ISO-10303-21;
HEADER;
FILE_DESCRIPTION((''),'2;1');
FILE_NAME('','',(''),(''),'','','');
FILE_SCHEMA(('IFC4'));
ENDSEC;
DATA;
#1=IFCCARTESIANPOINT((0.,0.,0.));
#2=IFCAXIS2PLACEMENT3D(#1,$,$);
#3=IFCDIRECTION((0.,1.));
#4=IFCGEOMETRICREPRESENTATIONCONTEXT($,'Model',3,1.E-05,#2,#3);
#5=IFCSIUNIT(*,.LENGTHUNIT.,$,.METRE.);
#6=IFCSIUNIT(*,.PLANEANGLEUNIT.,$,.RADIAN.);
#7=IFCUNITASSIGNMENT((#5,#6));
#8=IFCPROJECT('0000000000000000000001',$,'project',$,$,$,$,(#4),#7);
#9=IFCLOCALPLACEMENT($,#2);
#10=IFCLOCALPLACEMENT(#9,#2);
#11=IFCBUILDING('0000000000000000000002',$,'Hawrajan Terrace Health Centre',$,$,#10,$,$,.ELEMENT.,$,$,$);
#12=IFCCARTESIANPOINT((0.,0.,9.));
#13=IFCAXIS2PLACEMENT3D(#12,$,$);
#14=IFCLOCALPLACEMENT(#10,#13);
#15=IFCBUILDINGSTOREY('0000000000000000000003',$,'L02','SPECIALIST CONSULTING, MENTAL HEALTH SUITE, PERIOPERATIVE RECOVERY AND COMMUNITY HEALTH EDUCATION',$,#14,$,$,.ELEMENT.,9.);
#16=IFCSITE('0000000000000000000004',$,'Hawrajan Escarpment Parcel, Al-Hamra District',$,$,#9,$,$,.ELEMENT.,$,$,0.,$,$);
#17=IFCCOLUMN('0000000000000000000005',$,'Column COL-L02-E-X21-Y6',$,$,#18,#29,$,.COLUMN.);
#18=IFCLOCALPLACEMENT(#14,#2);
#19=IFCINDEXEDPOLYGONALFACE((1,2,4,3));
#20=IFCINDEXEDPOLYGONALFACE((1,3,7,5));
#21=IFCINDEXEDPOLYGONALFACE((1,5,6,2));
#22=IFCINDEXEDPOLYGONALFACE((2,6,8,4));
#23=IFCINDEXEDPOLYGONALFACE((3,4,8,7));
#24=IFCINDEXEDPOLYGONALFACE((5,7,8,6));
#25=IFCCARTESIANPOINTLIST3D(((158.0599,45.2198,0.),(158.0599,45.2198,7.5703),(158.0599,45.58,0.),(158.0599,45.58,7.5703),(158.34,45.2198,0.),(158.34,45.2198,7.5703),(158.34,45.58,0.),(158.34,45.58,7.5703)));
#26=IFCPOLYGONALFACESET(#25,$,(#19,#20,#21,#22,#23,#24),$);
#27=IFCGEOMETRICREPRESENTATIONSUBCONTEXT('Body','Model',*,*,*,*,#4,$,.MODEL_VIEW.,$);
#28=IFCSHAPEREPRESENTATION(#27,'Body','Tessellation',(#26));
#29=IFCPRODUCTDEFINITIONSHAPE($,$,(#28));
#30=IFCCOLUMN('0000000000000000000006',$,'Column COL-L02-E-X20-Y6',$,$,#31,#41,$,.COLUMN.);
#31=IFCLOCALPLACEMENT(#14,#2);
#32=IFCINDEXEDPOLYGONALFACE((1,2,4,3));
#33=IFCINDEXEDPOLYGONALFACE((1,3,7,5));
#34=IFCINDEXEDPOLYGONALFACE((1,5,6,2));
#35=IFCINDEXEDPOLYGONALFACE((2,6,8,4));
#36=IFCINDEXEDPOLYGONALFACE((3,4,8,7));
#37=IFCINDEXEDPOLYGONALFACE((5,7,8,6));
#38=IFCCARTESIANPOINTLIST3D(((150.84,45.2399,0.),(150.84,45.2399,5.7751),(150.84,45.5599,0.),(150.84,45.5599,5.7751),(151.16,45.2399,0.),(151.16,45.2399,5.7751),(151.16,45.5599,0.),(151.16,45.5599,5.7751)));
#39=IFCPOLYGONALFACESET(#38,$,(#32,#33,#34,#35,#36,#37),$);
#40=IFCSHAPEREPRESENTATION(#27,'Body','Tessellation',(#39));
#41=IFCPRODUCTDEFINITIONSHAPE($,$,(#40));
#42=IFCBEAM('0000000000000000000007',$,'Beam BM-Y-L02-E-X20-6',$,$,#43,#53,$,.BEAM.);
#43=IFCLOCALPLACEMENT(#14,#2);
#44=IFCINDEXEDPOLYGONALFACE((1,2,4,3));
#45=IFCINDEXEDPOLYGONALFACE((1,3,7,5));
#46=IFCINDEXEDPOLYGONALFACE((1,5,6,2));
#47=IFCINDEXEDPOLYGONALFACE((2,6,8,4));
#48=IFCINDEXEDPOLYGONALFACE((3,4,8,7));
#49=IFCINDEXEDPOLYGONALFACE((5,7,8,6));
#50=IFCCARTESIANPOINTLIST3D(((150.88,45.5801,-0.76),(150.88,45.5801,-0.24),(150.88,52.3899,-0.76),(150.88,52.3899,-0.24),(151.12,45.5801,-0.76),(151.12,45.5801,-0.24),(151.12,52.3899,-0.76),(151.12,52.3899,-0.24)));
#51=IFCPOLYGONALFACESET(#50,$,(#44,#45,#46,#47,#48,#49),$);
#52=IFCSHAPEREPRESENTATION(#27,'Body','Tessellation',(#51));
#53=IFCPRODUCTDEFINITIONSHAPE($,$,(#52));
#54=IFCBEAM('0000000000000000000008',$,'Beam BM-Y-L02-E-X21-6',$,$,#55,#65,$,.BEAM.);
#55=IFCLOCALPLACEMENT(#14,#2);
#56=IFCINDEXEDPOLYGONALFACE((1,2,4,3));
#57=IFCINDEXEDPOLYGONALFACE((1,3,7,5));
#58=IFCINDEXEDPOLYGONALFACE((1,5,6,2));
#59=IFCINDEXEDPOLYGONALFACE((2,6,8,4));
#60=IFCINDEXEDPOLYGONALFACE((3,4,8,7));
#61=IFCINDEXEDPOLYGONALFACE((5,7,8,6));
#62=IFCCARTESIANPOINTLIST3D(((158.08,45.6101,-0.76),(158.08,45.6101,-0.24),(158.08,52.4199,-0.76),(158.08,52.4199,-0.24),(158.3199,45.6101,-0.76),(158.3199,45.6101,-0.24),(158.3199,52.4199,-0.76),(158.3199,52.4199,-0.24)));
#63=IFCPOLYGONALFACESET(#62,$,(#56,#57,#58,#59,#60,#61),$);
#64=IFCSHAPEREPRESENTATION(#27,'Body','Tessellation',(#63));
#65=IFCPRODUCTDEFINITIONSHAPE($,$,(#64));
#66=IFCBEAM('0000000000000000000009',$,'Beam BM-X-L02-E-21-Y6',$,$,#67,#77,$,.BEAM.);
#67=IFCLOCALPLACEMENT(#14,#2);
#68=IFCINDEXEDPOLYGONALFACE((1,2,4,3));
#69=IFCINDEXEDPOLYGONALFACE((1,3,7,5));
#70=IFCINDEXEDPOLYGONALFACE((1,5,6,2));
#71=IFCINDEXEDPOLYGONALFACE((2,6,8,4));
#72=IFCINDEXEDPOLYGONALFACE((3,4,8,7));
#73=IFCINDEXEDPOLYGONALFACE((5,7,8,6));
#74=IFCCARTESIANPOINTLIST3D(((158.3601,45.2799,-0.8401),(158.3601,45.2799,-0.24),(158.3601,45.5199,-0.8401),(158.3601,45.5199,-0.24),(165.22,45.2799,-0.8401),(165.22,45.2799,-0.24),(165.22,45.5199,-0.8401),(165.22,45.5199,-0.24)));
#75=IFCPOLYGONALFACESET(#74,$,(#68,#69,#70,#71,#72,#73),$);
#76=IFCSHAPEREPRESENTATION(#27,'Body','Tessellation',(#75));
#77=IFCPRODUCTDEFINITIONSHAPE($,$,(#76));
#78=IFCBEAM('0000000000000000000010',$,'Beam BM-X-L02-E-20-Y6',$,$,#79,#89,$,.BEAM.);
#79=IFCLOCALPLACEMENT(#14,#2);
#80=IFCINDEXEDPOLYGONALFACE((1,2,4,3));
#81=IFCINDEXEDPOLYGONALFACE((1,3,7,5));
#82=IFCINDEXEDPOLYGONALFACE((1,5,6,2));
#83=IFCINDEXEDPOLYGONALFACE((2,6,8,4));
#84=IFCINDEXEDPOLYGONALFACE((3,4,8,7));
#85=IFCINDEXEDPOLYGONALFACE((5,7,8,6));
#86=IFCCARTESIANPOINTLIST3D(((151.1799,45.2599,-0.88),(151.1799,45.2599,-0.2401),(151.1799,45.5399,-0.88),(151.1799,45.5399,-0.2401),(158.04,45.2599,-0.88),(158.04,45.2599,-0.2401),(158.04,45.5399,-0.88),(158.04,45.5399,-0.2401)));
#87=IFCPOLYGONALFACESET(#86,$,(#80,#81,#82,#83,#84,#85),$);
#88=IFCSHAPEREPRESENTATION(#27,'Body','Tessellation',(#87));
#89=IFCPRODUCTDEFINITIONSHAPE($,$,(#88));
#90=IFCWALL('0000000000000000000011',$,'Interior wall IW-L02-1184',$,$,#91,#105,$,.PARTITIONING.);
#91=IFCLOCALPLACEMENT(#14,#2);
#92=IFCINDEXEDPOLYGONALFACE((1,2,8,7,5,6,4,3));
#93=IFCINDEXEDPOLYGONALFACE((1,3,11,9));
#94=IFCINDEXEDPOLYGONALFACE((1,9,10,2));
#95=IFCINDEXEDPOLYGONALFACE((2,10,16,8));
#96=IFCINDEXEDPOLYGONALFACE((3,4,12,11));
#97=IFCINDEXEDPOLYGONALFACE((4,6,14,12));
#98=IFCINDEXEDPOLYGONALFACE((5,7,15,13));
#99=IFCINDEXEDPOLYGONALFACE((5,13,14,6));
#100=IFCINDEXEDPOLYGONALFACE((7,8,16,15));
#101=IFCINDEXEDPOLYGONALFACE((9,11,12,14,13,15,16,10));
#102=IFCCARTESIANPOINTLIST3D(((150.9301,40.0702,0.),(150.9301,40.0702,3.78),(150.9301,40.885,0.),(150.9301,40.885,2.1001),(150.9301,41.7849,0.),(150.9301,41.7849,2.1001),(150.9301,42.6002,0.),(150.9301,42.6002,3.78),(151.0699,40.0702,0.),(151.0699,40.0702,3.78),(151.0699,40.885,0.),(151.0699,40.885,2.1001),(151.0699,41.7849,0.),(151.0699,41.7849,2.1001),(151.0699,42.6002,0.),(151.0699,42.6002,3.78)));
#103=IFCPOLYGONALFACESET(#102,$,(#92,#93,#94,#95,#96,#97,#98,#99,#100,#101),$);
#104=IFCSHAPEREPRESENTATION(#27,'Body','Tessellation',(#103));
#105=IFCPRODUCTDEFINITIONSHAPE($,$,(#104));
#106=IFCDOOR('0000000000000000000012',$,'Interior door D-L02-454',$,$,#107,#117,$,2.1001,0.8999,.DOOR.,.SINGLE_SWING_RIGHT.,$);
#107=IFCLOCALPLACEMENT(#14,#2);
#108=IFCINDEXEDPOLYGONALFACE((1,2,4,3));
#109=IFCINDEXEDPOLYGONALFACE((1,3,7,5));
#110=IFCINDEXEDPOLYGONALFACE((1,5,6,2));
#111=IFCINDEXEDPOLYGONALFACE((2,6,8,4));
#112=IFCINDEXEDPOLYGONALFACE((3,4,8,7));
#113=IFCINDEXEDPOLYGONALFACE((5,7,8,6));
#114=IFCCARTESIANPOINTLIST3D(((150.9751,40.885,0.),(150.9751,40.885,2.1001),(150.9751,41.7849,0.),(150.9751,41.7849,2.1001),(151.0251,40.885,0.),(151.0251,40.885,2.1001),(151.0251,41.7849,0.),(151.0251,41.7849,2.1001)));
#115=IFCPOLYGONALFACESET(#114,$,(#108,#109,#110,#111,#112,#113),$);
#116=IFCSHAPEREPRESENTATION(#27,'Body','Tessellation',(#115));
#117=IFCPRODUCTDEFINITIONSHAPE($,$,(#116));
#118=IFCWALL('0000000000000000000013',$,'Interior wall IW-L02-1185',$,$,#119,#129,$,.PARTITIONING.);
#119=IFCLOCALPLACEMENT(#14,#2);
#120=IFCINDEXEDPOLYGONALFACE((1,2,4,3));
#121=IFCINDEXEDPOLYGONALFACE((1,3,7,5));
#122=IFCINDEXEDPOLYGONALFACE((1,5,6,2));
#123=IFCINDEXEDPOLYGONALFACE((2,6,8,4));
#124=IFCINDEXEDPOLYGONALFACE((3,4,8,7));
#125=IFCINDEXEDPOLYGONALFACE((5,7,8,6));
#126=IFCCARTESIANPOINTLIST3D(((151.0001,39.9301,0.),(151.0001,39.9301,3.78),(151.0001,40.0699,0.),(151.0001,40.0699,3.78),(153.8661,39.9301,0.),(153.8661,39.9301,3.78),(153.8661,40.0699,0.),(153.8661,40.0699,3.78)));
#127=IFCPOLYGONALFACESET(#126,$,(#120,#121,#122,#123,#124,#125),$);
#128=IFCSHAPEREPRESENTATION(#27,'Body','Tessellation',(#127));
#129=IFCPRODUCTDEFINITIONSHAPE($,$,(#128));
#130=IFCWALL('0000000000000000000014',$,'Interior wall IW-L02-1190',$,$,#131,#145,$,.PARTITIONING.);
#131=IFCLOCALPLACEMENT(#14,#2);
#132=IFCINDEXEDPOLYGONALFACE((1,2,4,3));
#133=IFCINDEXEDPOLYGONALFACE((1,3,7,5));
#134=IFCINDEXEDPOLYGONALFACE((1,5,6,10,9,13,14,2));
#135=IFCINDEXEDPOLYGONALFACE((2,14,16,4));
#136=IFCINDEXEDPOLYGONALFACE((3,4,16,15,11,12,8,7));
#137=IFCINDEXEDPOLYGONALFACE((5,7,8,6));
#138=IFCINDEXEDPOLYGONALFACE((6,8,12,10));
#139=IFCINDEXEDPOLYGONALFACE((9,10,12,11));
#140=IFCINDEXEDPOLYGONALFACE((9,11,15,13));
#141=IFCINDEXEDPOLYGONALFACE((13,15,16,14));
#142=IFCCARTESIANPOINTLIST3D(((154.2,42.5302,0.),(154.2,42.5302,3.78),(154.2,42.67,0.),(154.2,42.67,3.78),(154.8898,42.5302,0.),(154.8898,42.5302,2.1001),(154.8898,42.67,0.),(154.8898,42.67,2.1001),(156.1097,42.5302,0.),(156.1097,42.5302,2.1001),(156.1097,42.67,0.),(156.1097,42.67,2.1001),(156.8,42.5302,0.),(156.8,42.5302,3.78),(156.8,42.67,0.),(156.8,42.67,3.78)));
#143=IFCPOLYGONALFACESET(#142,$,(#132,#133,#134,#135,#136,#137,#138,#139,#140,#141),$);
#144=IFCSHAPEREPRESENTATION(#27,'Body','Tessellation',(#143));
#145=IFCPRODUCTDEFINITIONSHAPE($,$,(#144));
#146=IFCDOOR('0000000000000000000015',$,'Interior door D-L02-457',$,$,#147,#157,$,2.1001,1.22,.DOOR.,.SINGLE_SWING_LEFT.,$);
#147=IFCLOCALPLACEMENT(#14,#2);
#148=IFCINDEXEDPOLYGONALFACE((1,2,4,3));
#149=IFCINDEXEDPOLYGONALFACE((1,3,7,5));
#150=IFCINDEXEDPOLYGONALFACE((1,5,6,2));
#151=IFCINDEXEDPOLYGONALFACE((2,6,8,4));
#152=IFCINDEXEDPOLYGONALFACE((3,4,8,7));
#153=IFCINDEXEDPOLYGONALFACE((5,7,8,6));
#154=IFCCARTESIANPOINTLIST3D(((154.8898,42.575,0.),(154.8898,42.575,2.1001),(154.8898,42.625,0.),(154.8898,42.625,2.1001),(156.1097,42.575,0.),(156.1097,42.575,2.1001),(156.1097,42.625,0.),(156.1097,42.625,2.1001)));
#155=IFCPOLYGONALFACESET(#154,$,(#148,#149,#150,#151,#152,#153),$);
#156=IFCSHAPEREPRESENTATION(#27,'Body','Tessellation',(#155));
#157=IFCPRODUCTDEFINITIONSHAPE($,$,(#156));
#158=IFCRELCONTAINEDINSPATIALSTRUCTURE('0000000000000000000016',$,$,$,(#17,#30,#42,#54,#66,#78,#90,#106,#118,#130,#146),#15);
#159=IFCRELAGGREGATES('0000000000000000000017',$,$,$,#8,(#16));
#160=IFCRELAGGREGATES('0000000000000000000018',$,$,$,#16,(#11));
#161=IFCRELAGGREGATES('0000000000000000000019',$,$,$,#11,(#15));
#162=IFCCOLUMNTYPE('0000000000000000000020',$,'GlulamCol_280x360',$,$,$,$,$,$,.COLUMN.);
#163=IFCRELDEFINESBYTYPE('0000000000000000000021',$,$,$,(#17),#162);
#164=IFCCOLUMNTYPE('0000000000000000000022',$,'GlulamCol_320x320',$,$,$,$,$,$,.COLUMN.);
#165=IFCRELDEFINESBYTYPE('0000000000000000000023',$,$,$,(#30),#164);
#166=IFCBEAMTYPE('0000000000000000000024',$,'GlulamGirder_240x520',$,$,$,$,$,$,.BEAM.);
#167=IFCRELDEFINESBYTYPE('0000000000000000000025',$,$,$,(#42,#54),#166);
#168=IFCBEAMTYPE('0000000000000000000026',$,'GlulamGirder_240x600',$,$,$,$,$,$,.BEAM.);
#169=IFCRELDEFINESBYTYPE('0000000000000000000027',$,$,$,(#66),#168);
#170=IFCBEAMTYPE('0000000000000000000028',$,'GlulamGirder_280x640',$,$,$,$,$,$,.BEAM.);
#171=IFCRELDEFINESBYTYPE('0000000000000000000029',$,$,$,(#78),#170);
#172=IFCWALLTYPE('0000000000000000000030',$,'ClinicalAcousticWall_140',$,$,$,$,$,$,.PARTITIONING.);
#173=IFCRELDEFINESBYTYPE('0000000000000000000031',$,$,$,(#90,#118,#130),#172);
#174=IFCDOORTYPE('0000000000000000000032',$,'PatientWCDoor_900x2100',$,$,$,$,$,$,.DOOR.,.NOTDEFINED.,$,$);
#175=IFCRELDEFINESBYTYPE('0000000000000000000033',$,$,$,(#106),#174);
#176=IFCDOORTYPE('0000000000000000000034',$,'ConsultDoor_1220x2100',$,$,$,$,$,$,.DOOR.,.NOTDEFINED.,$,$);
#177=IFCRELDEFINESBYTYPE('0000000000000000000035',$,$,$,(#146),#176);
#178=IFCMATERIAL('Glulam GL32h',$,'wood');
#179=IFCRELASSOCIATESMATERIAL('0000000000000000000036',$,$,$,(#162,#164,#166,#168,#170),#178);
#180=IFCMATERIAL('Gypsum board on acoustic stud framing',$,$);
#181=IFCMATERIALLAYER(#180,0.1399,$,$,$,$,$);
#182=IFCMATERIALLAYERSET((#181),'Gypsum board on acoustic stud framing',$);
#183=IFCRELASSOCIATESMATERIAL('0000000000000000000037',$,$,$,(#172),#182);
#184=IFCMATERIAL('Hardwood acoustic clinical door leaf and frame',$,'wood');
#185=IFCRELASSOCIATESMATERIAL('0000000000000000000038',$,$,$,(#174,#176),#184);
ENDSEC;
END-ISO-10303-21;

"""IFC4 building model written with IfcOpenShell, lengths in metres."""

from ifc_helpers import new_model, si_unit, direction, frame, frame_2d, origin, origin_2d, place, context, subcontext, project, spatial, rectangle, extrude, material, layer, layer_set, material_profile, profile_set, type_object, element, fill, save


model = new_model("IFC4")

# Units and contexts
model_context = context("Model", 3, precision=1e-05, world=origin(), true_north=direction((0.0, 1.0)))
body_context = subcontext(model_context, "Body", "Model", "MODEL_VIEW")
ifc_project = project(units=[si_unit("LENGTHUNIT", "METRE"), si_unit("PLANEANGLEUNIT", "RADIAN")], contexts=[model_context])

# Site, building, storey
site_placement = place(None, origin())
site = spatial("IfcSite", under=ifc_project, at=site_placement, Name="Hawrajan Escarpment Parcel, Al-Hamra District", CompositionType="ELEMENT", RefElevation=0.0)
building_placement = place(site_placement, origin())
building = spatial("IfcBuilding", under=site, at=building_placement, Name="Hawrajan Terrace Health Centre", CompositionType="ELEMENT")
storey_placement = place(building_placement, frame((0.0, 0.0, 9.0)))
storey = spatial("IfcBuildingStorey", under=building, at=storey_placement, Name="L02", Description="SPECIALIST CONSULTING, MENTAL HEALTH SUITE, PERIOPERATIVE RECOVERY AND COMMUNITY HEALTH EDUCATION", CompositionType="ELEMENT", Elevation=9.0)

# Columns
ifc_material_1 = material(Name="Glulam GL32h", Category="wood")
ifc_material_profile_1 = material_profile(ifc_material_1, rectangle(XDim=0.28, YDim=0.3601, at=origin_2d()), Name="GL 280x360")
ifc_profile_set_1 = profile_set([ifc_material_profile_1], Name="Glulam GL32h")
column_type_1 = type_object("IfcColumnType", Name="GlulamCol_280x360", PredefinedType="COLUMN", material=ifc_profile_set_1)
column_1_placement = place(storey_placement, frame((158.2, 45.3999, 0.0), z_axis=(0.0, 0.0, 1.0), x_axis=(1.0, 0.0, 0.0)))
element("IfcColumn", 1, at=column_1_placement, inside=storey, type_object=column_type_1, Name="Column COL-L02-E-X21-Y6", PredefinedType="COLUMN", context=body_context, shape_type="SweptSolid", body=[
    extrude(rectangle(XDim=0.28, YDim=0.3601, at=origin_2d()), origin(), (0.0, 0.0, 1.0), 7.5703),
])
ifc_material_profile_2 = material_profile(ifc_material_1, rectangle(XDim=0.3201, YDim=0.3201, at=origin_2d()), Name="GL 320x320")
ifc_profile_set_2 = profile_set([ifc_material_profile_2], Name="Glulam GL32h")
column_type_2 = type_object("IfcColumnType", Name="GlulamCol_320x320", PredefinedType="COLUMN", material=ifc_profile_set_2)
column_2_placement = place(storey_placement, frame((151.0, 45.3999, 0.0), z_axis=(0.0, 0.0, 1.0), x_axis=(1.0, 0.0, 0.0)))
element("IfcColumn", 2, at=column_2_placement, inside=storey, type_object=column_type_2, Name="Column COL-L02-E-X20-Y6", PredefinedType="COLUMN", context=body_context, shape_type="SweptSolid", body=[
    extrude(rectangle(XDim=0.3201, YDim=0.3201, at=origin_2d()), origin(), (0.0, 0.0, 1.0), 5.7751),
])

# Beams
ifc_material_profile_3 = material_profile(ifc_material_1, rectangle(XDim=0.24, YDim=0.52, at=origin_2d()), Name="GL BM 240x520")
ifc_profile_set_3 = profile_set([ifc_material_profile_3], Name="Glulam GL32h")
beam_type_1 = type_object("IfcBeamType", Name="GlulamGirder_240x520", PredefinedType="BEAM", material=ifc_profile_set_3)
for number, where, z_axis, x_axis, name in (
    (3, (151.0, 45.5801, -0.5), (0.0, 1.0, 0.0), (-1.0, 0.0, 0.0), "Beam BM-Y-L02-E-X20-6"),
    (4, (158.2, 45.6101, -0.5), (0.0, 1.0, 0.0), (-1.0, 0.0, 0.0), "Beam BM-Y-L02-E-X21-6"),
):
    element("IfcBeam", number, at=place(storey_placement, frame(where, z_axis=z_axis, x_axis=x_axis)), inside=storey, type_object=beam_type_1, Name=name, PredefinedType="BEAM", context=body_context, shape_type="SweptSolid", body=[
        extrude(rectangle(XDim=0.24, YDim=0.52, at=origin_2d()), origin(), (0.0, 0.0, 1.0), 6.8098),
    ])
ifc_material_profile_4 = material_profile(ifc_material_1, rectangle(XDim=0.24, YDim=0.6001, at=origin_2d()), Name="GL BM 240x600")
ifc_profile_set_4 = profile_set([ifc_material_profile_4], Name="Glulam GL32h")
beam_type_2 = type_object("IfcBeamType", Name="GlulamGirder_240x600", PredefinedType="BEAM", material=ifc_profile_set_4)
beam_1_placement = place(storey_placement, frame((158.3601, 45.3999, -0.54), z_axis=(1.0, 0.0, 0.0), x_axis=(0.0, 1.0, 0.0)))
element("IfcBeam", 5, at=beam_1_placement, inside=storey, type_object=beam_type_2, Name="Beam BM-X-L02-E-21-Y6", PredefinedType="BEAM", context=body_context, shape_type="SweptSolid", body=[
    extrude(rectangle(XDim=0.24, YDim=0.6001, at=origin_2d()), origin(), (0.0, 0.0, 1.0), 6.8599),
])
ifc_material_profile_5 = material_profile(ifc_material_1, rectangle(XDim=0.28, YDim=0.6399, at=origin_2d()), Name="GL BM 280x640")
ifc_profile_set_5 = profile_set([ifc_material_profile_5], Name="Glulam GL32h")
beam_type_3 = type_object("IfcBeamType", Name="GlulamGirder_280x640", PredefinedType="BEAM", material=ifc_profile_set_5)
beam_2_placement = place(storey_placement, frame((151.1799, 45.3999, -0.5601), z_axis=(1.0, 0.0, 0.0), x_axis=(0.0, 1.0, 0.0)))
element("IfcBeam", 6, at=beam_2_placement, inside=storey, type_object=beam_type_3, Name="Beam BM-X-L02-E-20-Y6", PredefinedType="BEAM", context=body_context, shape_type="SweptSolid", body=[
    extrude(rectangle(XDim=0.28, YDim=0.6399, at=origin_2d()), origin(), (0.0, 0.0, 1.0), 6.8601),
])

# Wall, opening, door
ifc_material_2 = material(Name="Gypsum board on acoustic stud framing")
ifc_layer_1 = layer(ifc_material_2, 0.1399)
ifc_layer_set_1 = layer_set([ifc_layer_1], Name="Gypsum board on acoustic stud framing")
wall_type_1 = type_object("IfcWallType", Name="ClinicalAcousticWall_140", PredefinedType="PARTITIONING", material=ifc_layer_set_1)
wall_1_placement = place(storey_placement, frame((151.0, 40.0701, 0.0), z_axis=(0.0, 0.0, 1.0), x_axis=(0.0, 1.0, 0.0)))
wall_1 = element("IfcWall", 7, at=wall_1_placement, inside=storey, type_object=wall_type_1, Name="Interior wall IW-L02-1184", PredefinedType="PARTITIONING", context=body_context, shape_type="SweptSolid", body=[
    extrude(rectangle(XDim=2.53, YDim=0.1399, at=frame_2d((1.2651, 0.0))), origin(), (0.0, 0.0, 1.0), 3.78),
])
opening_1_placement = place(wall_1_placement, frame((0.8149, 0.0, 0.0)))
opening_1 = element("IfcOpeningElement", 8, at=opening_1_placement, cuts=wall_1, PredefinedType="OPENING", context=body_context, shape_type="SweptSolid", body=[
    extrude(rectangle(XDim=0.8999, YDim=2.1001, at=frame_2d((0.45, 1.05))), frame((0.0, 0.0798, 0.0), z_axis=(0.0, -1.0, 0.0), x_axis=(1.0, 0.0, 0.0)), (0.0, 0.0, 1.0), 0.1599),
])
ifc_material_3 = material(Name="Hardwood acoustic clinical door leaf and frame", Category="wood")
door_type_1 = type_object("IfcDoorType", Name="PatientWCDoor_900x2100", OperationType="NOTDEFINED", PredefinedType="DOOR", material=ifc_material_3)
door_1_placement = place(opening_1_placement, origin())
door_1 = element("IfcDoor", 9, at=door_1_placement, inside=storey, type_object=door_type_1, Name="Interior door D-L02-454", OperationType="SINGLE_SWING_RIGHT", OverallHeight=2.1001, OverallWidth=0.8999, PredefinedType="DOOR", context=body_context, shape_type="SweptSolid", body=[
    extrude(rectangle(XDim=0.8999, YDim=2.1001, at=frame_2d((0.45, 1.05))), frame((0.0, 0.0249, 0.0), z_axis=(0.0, -1.0, 0.0), x_axis=(1.0, 0.0, 0.0)), (0.0, 0.0, 1.0), 0.05),
])
fill(opening_1, door_1)

# Wall
wall_2_placement = place(storey_placement, frame((151.0, 40.0, 0.0), z_axis=(0.0, 0.0, 1.0), x_axis=(1.0, 0.0, 0.0)))
element("IfcWall", 10, at=wall_2_placement, inside=storey, type_object=wall_type_1, Name="Interior wall IW-L02-1185", PredefinedType="PARTITIONING", context=body_context, shape_type="SweptSolid", body=[
    extrude(rectangle(XDim=2.866, YDim=0.1399, at=frame_2d((1.4331, 0.0))), origin(), (0.0, 0.0, 1.0), 3.78),
])

# Wall, opening, door
wall_3_placement = place(storey_placement, frame((154.2, 42.6001, 0.0), z_axis=(0.0, 0.0, 1.0), x_axis=(1.0, 0.0, 0.0)))
wall_3 = element("IfcWall", 11, at=wall_3_placement, inside=storey, type_object=wall_type_1, Name="Interior wall IW-L02-1190", PredefinedType="PARTITIONING", context=body_context, shape_type="SweptSolid", body=[
    extrude(rectangle(XDim=2.6001, YDim=0.1399, at=frame_2d((1.3, 0.0))), origin(), (0.0, 0.0, 1.0), 3.78),
])
opening_2_placement = place(wall_3_placement, frame((0.6899, 0.0, 0.0)))
opening_2 = element("IfcOpeningElement", 12, at=opening_2_placement, cuts=wall_3, PredefinedType="OPENING", context=body_context, shape_type="SweptSolid", body=[
    extrude(rectangle(XDim=1.22, YDim=2.1001, at=frame_2d((0.6099, 1.05))), frame((0.0, 0.0798, 0.0), z_axis=(0.0, -1.0, 0.0), x_axis=(1.0, 0.0, 0.0)), (0.0, 0.0, 1.0), 0.1599),
])
door_type_2 = type_object("IfcDoorType", Name="ConsultDoor_1220x2100", OperationType="NOTDEFINED", PredefinedType="DOOR", material=ifc_material_3)
door_2_placement = place(opening_2_placement, origin())
door_2 = element("IfcDoor", 13, at=door_2_placement, inside=storey, type_object=door_type_2, Name="Interior door D-L02-457", OperationType="SINGLE_SWING_LEFT", OverallHeight=2.1001, OverallWidth=1.22, PredefinedType="DOOR", context=body_context, shape_type="SweptSolid", body=[
    extrude(rectangle(XDim=1.22, YDim=2.1001, at=frame_2d((0.6099, 1.05))), frame((0.0, 0.0249, 0.0), z_axis=(0.0, -1.0, 0.0), x_axis=(1.0, 0.0, 0.0)), (0.0, 0.0, 1.0), 0.05),
])
fill(opening_2, door_2)

save(model, "model.ifc")
